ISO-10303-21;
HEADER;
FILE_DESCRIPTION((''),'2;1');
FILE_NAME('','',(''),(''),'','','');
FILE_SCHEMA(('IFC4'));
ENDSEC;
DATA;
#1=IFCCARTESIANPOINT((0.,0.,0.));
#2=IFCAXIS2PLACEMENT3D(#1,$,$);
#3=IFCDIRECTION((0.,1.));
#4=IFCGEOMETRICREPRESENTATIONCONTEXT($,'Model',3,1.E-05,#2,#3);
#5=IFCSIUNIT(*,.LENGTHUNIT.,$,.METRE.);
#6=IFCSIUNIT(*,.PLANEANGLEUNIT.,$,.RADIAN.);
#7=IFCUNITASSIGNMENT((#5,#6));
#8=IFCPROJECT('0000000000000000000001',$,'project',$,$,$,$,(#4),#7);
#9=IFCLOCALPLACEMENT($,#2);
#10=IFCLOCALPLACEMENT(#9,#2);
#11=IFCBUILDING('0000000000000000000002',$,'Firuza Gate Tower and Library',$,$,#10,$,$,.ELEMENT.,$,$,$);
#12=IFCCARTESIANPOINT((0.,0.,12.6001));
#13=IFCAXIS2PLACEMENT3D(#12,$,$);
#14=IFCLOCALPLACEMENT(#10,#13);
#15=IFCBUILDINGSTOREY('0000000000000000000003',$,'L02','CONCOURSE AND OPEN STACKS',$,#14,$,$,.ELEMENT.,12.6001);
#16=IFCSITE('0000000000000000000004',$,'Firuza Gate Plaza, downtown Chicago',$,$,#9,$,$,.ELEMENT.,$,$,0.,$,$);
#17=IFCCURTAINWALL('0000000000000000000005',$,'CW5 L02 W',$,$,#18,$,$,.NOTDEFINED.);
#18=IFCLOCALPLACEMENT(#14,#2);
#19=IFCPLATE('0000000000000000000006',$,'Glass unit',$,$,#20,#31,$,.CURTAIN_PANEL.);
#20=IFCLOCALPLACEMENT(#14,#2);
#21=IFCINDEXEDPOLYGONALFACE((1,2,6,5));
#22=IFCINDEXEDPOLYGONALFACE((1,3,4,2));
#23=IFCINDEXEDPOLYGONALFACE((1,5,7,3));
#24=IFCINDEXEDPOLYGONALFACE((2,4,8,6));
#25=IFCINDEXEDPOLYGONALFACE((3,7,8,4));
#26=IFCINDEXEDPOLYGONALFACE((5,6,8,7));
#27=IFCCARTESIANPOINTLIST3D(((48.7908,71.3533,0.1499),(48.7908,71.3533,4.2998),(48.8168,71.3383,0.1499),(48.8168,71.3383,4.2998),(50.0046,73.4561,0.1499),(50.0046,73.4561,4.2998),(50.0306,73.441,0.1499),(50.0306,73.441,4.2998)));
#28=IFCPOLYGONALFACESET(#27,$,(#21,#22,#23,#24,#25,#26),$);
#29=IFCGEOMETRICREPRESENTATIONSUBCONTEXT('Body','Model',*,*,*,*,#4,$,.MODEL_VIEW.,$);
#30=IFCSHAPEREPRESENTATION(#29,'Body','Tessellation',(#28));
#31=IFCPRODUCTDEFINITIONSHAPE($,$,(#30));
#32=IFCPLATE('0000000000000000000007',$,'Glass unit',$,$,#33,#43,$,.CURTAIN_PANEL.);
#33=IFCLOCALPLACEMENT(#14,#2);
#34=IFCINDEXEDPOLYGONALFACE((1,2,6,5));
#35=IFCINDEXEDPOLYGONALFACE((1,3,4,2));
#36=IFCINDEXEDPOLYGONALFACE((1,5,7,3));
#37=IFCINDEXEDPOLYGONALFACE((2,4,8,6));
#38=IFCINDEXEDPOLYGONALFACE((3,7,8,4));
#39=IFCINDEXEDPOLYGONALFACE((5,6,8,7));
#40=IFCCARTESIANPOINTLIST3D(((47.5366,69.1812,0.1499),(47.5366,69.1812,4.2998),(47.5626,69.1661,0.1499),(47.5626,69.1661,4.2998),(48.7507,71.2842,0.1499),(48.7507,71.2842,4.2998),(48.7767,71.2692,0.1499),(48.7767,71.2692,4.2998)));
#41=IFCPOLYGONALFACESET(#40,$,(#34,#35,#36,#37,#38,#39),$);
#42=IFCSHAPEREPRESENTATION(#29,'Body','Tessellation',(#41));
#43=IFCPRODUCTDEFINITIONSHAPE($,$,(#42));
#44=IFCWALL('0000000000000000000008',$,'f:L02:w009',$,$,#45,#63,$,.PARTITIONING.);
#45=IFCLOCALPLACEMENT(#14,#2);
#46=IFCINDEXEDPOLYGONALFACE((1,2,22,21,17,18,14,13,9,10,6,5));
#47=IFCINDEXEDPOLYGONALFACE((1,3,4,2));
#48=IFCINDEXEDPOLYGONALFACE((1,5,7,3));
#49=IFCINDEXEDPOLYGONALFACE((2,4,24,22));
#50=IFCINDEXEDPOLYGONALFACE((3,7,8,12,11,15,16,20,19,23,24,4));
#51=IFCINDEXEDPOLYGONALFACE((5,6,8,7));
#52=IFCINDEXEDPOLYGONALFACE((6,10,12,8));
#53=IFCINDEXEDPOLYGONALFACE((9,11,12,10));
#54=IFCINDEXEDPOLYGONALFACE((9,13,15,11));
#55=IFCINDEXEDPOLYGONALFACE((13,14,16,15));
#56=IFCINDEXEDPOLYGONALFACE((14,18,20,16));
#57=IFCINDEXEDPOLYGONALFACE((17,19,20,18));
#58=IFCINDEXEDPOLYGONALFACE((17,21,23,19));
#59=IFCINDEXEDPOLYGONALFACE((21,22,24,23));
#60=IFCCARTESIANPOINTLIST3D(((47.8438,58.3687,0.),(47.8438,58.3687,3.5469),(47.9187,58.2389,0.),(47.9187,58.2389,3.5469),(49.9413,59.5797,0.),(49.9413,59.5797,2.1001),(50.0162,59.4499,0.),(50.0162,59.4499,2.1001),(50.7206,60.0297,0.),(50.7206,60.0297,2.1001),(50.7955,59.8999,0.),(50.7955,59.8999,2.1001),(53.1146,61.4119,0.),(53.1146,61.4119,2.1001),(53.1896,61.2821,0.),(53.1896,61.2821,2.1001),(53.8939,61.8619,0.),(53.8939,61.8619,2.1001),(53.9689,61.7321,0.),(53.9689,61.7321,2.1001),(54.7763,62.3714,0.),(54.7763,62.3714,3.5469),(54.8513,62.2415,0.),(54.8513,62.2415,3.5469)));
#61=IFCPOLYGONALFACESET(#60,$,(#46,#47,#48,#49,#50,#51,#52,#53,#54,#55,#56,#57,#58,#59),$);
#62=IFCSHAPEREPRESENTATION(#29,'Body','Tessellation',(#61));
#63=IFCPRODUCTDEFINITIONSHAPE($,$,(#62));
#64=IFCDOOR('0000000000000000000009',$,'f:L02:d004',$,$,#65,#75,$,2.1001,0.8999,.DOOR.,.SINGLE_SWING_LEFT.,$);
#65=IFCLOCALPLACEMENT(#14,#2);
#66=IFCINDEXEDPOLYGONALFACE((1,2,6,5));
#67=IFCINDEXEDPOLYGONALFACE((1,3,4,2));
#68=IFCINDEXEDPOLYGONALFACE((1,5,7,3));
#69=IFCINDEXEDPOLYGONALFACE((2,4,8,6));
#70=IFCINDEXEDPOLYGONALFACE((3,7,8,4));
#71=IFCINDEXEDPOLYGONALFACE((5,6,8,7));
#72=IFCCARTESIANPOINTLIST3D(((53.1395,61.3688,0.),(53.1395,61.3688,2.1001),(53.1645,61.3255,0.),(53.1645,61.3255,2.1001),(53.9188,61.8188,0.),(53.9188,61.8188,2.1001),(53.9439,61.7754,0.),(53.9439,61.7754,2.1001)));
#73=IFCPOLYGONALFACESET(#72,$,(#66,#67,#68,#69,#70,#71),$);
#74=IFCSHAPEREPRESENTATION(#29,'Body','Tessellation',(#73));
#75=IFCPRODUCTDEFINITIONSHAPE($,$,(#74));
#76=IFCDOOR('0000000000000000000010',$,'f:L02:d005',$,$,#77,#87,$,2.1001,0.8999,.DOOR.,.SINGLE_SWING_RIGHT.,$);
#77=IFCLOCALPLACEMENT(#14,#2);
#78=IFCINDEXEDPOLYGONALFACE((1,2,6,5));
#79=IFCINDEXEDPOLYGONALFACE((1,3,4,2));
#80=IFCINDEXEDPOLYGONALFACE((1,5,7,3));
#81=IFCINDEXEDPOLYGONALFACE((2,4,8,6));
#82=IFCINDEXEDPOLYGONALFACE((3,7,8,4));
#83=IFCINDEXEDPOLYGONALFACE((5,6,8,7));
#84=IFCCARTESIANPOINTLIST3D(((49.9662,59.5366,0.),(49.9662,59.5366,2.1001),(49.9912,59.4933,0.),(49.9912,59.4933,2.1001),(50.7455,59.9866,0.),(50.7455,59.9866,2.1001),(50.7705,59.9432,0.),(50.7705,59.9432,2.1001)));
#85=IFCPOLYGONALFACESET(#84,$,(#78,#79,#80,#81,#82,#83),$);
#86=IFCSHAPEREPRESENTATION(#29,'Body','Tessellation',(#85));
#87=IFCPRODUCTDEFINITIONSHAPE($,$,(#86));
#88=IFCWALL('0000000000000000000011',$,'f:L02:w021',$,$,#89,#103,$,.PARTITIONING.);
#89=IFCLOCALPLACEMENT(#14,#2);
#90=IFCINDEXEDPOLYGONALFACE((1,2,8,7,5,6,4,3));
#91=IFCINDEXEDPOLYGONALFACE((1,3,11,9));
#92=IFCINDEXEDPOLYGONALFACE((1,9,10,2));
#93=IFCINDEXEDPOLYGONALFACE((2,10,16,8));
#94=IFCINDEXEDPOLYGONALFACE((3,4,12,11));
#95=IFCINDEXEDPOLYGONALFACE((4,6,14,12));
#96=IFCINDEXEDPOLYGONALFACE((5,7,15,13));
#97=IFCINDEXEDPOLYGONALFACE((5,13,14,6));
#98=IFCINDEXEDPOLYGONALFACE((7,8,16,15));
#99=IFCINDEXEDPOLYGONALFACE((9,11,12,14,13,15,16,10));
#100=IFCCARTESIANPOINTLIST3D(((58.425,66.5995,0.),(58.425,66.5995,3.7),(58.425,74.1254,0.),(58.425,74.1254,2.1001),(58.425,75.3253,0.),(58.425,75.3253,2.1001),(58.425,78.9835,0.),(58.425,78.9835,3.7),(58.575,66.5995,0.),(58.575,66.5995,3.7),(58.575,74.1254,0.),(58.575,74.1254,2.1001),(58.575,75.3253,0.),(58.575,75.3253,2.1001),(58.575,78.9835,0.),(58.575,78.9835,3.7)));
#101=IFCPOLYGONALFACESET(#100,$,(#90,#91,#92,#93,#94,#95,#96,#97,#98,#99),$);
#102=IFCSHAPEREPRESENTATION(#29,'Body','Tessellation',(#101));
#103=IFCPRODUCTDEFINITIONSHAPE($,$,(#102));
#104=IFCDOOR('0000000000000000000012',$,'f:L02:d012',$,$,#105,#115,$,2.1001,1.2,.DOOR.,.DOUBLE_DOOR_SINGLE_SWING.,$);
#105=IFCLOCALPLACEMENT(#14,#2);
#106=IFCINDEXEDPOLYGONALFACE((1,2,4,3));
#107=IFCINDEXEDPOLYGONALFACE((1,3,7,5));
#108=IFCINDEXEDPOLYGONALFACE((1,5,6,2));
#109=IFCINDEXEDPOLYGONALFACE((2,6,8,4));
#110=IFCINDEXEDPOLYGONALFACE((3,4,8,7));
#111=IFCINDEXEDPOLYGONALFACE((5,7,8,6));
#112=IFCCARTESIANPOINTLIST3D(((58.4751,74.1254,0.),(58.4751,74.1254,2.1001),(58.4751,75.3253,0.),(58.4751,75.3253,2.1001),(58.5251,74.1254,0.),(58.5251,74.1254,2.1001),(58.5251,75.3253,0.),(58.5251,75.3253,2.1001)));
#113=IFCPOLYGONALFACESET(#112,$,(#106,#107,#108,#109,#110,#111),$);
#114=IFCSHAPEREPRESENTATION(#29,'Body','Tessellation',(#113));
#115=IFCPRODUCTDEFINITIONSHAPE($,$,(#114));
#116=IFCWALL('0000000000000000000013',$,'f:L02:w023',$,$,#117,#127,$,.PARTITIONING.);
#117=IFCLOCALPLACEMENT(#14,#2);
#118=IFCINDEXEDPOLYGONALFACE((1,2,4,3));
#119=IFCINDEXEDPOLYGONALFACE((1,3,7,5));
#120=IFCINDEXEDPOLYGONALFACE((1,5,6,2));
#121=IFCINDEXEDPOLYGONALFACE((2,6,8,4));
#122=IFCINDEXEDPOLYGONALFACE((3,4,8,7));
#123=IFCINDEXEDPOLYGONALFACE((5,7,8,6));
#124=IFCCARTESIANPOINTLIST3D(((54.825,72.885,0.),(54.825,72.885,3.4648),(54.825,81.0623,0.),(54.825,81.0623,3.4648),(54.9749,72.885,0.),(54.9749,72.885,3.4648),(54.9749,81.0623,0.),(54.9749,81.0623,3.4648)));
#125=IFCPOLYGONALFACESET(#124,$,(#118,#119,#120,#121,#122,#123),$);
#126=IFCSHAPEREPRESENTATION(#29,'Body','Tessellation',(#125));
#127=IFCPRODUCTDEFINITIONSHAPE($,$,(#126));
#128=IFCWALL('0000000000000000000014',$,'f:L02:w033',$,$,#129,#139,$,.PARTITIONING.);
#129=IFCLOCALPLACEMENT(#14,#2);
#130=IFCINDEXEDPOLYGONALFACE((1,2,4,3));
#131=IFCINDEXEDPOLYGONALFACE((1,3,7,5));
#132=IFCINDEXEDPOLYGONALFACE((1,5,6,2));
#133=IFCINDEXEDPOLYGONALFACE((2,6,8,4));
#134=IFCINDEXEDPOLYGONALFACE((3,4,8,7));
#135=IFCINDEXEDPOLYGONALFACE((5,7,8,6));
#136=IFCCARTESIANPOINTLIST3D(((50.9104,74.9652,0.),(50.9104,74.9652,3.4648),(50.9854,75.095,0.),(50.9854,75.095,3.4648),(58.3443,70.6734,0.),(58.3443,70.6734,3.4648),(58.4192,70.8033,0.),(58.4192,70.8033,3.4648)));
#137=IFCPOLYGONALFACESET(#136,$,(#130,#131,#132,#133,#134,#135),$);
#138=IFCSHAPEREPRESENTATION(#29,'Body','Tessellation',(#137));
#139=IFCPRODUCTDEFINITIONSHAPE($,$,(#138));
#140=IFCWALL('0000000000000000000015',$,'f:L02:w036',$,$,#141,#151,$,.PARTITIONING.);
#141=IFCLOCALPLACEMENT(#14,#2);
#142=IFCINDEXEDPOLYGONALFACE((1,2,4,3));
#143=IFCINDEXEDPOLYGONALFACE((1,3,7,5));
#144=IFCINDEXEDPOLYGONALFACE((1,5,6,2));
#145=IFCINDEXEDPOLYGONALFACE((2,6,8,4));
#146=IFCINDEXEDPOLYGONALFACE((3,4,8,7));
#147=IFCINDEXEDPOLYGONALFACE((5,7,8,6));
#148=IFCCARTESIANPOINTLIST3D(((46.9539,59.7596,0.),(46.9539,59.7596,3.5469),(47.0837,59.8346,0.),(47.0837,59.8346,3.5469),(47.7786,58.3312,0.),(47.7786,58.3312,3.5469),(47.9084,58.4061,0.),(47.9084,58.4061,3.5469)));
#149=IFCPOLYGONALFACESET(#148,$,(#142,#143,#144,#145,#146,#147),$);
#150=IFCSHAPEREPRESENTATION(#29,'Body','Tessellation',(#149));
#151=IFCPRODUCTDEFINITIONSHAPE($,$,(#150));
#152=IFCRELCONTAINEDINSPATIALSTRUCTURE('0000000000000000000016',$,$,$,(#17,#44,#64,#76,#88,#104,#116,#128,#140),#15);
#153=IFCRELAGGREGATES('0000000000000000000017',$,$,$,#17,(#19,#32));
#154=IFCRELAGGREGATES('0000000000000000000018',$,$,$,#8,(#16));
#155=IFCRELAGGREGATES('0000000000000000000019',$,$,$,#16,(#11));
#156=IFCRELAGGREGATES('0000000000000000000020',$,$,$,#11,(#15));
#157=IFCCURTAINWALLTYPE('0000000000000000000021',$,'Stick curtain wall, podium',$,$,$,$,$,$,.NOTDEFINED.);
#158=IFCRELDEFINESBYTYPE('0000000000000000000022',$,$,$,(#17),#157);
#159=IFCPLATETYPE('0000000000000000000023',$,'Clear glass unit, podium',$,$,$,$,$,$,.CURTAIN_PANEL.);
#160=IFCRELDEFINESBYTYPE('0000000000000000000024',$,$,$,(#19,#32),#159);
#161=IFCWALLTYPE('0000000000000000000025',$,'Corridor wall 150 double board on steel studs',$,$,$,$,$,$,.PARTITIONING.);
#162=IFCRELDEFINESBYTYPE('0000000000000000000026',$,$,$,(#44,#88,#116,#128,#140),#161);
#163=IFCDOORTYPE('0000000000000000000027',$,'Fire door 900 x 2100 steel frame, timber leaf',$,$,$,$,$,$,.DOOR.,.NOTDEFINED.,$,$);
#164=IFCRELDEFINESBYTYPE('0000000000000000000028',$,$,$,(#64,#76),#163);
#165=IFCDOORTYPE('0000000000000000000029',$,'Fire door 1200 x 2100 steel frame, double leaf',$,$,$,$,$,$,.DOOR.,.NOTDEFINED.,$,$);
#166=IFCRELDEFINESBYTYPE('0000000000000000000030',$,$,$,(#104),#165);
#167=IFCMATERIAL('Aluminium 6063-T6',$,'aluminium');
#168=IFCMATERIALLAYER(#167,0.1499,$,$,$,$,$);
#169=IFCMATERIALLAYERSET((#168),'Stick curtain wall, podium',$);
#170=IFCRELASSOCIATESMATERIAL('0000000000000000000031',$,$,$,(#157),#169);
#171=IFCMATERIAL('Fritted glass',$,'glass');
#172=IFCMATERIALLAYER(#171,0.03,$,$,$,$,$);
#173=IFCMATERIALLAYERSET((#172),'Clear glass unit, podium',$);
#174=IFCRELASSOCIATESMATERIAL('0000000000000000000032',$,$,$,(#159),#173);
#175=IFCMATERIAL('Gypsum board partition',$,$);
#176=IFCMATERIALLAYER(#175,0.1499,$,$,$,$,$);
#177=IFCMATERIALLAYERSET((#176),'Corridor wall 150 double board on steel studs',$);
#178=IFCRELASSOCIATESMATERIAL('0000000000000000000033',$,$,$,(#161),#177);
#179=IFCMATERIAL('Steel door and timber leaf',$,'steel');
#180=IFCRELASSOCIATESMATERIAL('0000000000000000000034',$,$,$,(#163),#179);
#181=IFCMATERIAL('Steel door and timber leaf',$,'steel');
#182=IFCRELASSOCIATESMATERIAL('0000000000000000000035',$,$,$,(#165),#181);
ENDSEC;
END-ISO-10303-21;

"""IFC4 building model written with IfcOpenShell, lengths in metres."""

from ifc_helpers import new_model, si_unit, direction, frame, frame_2d, origin, place, context, subcontext, project, spatial, polyline, rectangle, outline, extrude, material, layer, layer_set, type_object, element, fill, aggregate, save


model = new_model("IFC4")

# Units and contexts
model_context = context("Model", 3, precision=1e-05, world=origin(), true_north=direction((0.0, 1.0)))
body_context = subcontext(model_context, "Body", "Model", "MODEL_VIEW")
ifc_project = project(units=[si_unit("LENGTHUNIT", "METRE"), si_unit("PLANEANGLEUNIT", "RADIAN")], contexts=[model_context])

# Site, building, storey
site_placement = place(None, origin())
site = spatial("IfcSite", under=ifc_project, at=site_placement, Name="Firuza Gate Plaza, downtown Chicago", CompositionType="ELEMENT", RefElevation=0.0)
building_placement = place(site_placement, origin())
building = spatial("IfcBuilding", under=site, at=building_placement, Name="Firuza Gate Tower and Library", CompositionType="ELEMENT")
storey_placement = place(building_placement, frame((0.0, 0.0, 12.6001)))
storey = spatial("IfcBuildingStorey", under=building, at=storey_placement, Name="L02", Description="CONCOURSE AND OPEN STACKS", CompositionType="ELEMENT", Elevation=12.6001)

# Shared definitions
placement = place(storey_placement, origin())

# Curtain wall
ifc_material_1 = material(Name="Aluminium 6063-T6", Category="aluminium")
ifc_layer_1 = layer(ifc_material_1, 0.1499)
ifc_layer_set_1 = layer_set([ifc_layer_1], Name="Stick curtain wall, podium")
curtain_wall_type_1 = type_object("IfcCurtainWallType", Name="Stick curtain wall, podium", PredefinedType="NOTDEFINED", material=ifc_layer_set_1)
curtain_wall_1 = element("IfcCurtainWall", 1, at=placement, inside=storey, type_object=curtain_wall_type_1, Name="CW5 L02 W", PredefinedType="NOTDEFINED")

# Plates
ifc_material_2 = material(Name="Fritted glass", Category="glass")
ifc_layer_2 = layer(ifc_material_2, 0.03)
ifc_layer_set_2 = layer_set([ifc_layer_2], Name="Clear glass unit, podium")
plate_type = type_object("IfcPlateType", Name="Clear glass unit, podium", PredefinedType="CURTAIN_PANEL", material=ifc_layer_set_2)
plate_1_placement = place(storey_placement, frame((50.0046, 73.4561, 0.1499), z_axis=(-0.866057, 0.499946, 0.0), x_axis=(-0.499946, -0.866057, 0.0)))
plate_1 = element("IfcPlate", 2, at=plate_1_placement, type_object=plate_type, Name="Glass unit", PredefinedType="CURTAIN_PANEL", context=body_context, shape_type="SweptSolid", body=[
    extrude(outline(polyline([(0.0, 0.0), (2.428, 0.0), (2.428, 4.1499), (0.0, 4.1499), (0.0, 0.0)])), origin(), (0.0, 0.0, -1.0), 0.03),
])
plate_2_placement = place(storey_placement, frame((48.7507, 71.2842, 0.1499), z_axis=(-0.866038, 0.499978, 0.0), x_axis=(-0.499978, -0.866038, 0.0)))
plate_2 = element("IfcPlate", 3, at=plate_2_placement, type_object=plate_type, Name="Glass unit", PredefinedType="CURTAIN_PANEL", context=body_context, shape_type="SweptSolid", body=[
    extrude(outline(polyline([(0.0, 0.0), (2.4283, 0.0), (2.4283, 4.1499), (0.0, 4.1499), (0.0, 0.0)])), origin(), (0.0, 0.0, -1.0), 0.03),
])
aggregate(curtain_wall_1, [plate_1, plate_2])

# Wall, openings, doors
ifc_material_3 = material(Name="Gypsum board partition")
ifc_layer_3 = layer(ifc_material_3, 0.1499)
ifc_layer_set_3 = layer_set([ifc_layer_3], Name="Corridor wall 150 double board on steel studs")
wall_type = type_object("IfcWallType", Name="Corridor wall 150 double board on steel studs", PredefinedType="PARTITIONING", material=ifc_layer_set_3)
wall_1_placement = place(storey_placement, frame((54.8137, 62.3064, 0.0), z_axis=(0.0, 0.0, 1.0), x_axis=(-0.866018, -0.500013, 0.0)))
wall_1 = element("IfcWall", 4, at=wall_1_placement, inside=storey, type_object=wall_type, Name="f:L02:w009", PredefinedType="PARTITIONING", context=body_context, shape_type="SweptSolid", body=[
    extrude(rectangle(XDim=8.0051, YDim=0.1499, at=frame_2d((4.0024, 0.0))), origin(), (0.0, 0.0, 1.0), 3.5469),
])
opening_1_placement = place(wall_1_placement, frame((1.0188, 0.0, 0.0)))
opening_1 = element("IfcOpeningElement", 5, at=opening_1_placement, cuts=wall_1, PredefinedType="OPENING", context=body_context, shape_type="SweptSolid", body=[
    extrude(rectangle(XDim=0.8999, YDim=2.1001, at=frame_2d((0.45, 1.05))), frame((0.0, 0.085, 0.0), z_axis=(0.0, -1.0, 0.0), x_axis=(1.0, 0.0, 0.0)), (0.0, 0.0, 1.0), 0.1699),
])
opening_2_placement = place(wall_1_placement, frame((4.6831, 0.0, 0.0)))
opening_2 = element("IfcOpeningElement", 6, at=opening_2_placement, cuts=wall_1, PredefinedType="OPENING", context=body_context, shape_type="SweptSolid", body=[
    extrude(rectangle(XDim=0.8999, YDim=2.1001, at=frame_2d((0.45, 1.05))), frame((0.0, 0.085, 0.0), z_axis=(0.0, -1.0, 0.0), x_axis=(1.0, 0.0, 0.0)), (0.0, 0.0, 1.0), 0.1699),
])
ifc_material_4 = material(Name="Steel door and timber leaf", Category="steel")
door_type_1 = type_object("IfcDoorType", Name="Fire door 900 x 2100 steel frame, timber leaf", OperationType="NOTDEFINED", PredefinedType="DOOR", material=ifc_material_4)
door_1_placement = place(opening_1_placement, origin())
door_1 = element("IfcDoor", 7, at=door_1_placement, inside=storey, type_object=door_type_1, Name="f:L02:d004", OperationType="SINGLE_SWING_LEFT", OverallHeight=2.1001, OverallWidth=0.8999, PredefinedType="DOOR", context=body_context, shape_type="SweptSolid", body=[
    extrude(rectangle(XDim=0.8999, YDim=2.1001, at=frame_2d((0.45, 1.05))), frame((0.0, 0.0249, 0.0), z_axis=(0.0, -1.0, 0.0), x_axis=(1.0, 0.0, 0.0)), (0.0, 0.0, 1.0), 0.05),
])
fill(opening_1, door_1)
door_2_placement = place(opening_2_placement, origin())
door_2 = element("IfcDoor", 8, at=door_2_placement, inside=storey, type_object=door_type_1, Name="f:L02:d005", OperationType="SINGLE_SWING_RIGHT", OverallHeight=2.1001, OverallWidth=0.8999, PredefinedType="DOOR", context=body_context, shape_type="SweptSolid", body=[
    extrude(rectangle(XDim=0.8999, YDim=2.1001, at=frame_2d((0.45, 1.05))), frame((0.0, 0.0249, 0.0), z_axis=(0.0, -1.0, 0.0), x_axis=(1.0, 0.0, 0.0)), (0.0, 0.0, 1.0), 0.05),
])
fill(opening_2, door_2)

# Wall, opening, door
wall_2_placement = place(storey_placement, frame((58.5, 66.5996, 0.0), z_axis=(0.0, 0.0, 1.0), x_axis=(0.0, 1.0, 0.0)))
wall_2 = element("IfcWall", 9, at=wall_2_placement, inside=storey, type_object=wall_type, Name="f:L02:w021", PredefinedType="PARTITIONING", context=body_context, shape_type="SweptSolid", body=[
    extrude(rectangle(XDim=12.384, YDim=0.1499, at=frame_2d((6.1919, 0.0))), origin(), (0.0, 0.0, 1.0), 3.7),
])
opening_3_placement = place(wall_2_placement, frame((7.5256, 0.0, 0.0)))
opening_3 = element("IfcOpeningElement", 10, at=opening_3_placement, cuts=wall_2, PredefinedType="OPENING", context=body_context, shape_type="SweptSolid", body=[
    extrude(rectangle(XDim=1.2, YDim=2.1001, at=frame_2d((0.6001, 1.05))), frame((0.0, 0.085, 0.0), z_axis=(0.0, -1.0, 0.0), x_axis=(1.0, 0.0, 0.0)), (0.0, 0.0, 1.0), 0.1699),
])
ifc_material_5 = material(Name="Steel door and timber leaf", Category="steel")
door_type_2 = type_object("IfcDoorType", Name="Fire door 1200 x 2100 steel frame, double leaf", OperationType="NOTDEFINED", PredefinedType="DOOR", material=ifc_material_5)
door_3_placement = place(opening_3_placement, origin())
door_3 = element("IfcDoor", 11, at=door_3_placement, inside=storey, type_object=door_type_2, Name="f:L02:d012", OperationType="DOUBLE_DOOR_SINGLE_SWING", OverallHeight=2.1001, OverallWidth=1.2, PredefinedType="DOOR", context=body_context, shape_type="SweptSolid", body=[
    extrude(rectangle(XDim=1.2, YDim=2.1001, at=frame_2d((0.6001, 1.05))), frame((0.0, 0.0249, 0.0), z_axis=(0.0, -1.0, 0.0), x_axis=(1.0, 0.0, 0.0)), (0.0, 0.0, 1.0), 0.05),
])
fill(opening_3, door_3)

# Walls
wall_3_placement = place(storey_placement, frame((54.8999, 72.885, 0.0), z_axis=(0.0, 0.0, 1.0), x_axis=(0.0, 1.0, 0.0)))
element("IfcWall", 12, at=wall_3_placement, inside=storey, type_object=wall_type, Name="f:L02:w023", PredefinedType="PARTITIONING", context=body_context, shape_type="SweptSolid", body=[
    extrude(rectangle(XDim=8.1772, YDim=0.1499, at=frame_2d((4.0886, 0.0))), origin(), (0.0, 0.0, 1.0), 3.4648),
])
wall_4_placement = place(storey_placement, frame((58.3818, 70.7383, 0.0), z_axis=(0.0, 0.0, 1.0), x_axis=(-0.866034, 0.499984, 0.0)))
element("IfcWall", 13, at=wall_4_placement, inside=storey, type_object=wall_type, Name="f:L02:w033", PredefinedType="PARTITIONING", context=body_context, shape_type="SweptSolid", body=[
    extrude(rectangle(XDim=8.5837, YDim=0.1499, at=frame_2d((4.292, 0.0))), origin(), (0.0, 0.0, 1.0), 3.4648),
])
wall_5_placement = place(storey_placement, frame((47.8435, 58.3687, 0.0), z_axis=(0.0, 0.0, 1.0), x_axis=(-0.499992, 0.86603, 0.0)))
element("IfcWall", 14, at=wall_5_placement, inside=storey, type_object=wall_type, Name="f:L02:w036", PredefinedType="PARTITIONING", context=body_context, shape_type="SweptSolid", body=[
    extrude(rectangle(XDim=1.6494, YDim=0.1499, at=frame_2d((0.8247, 0.0))), origin(), (0.0, 0.0, 1.0), 3.5469),
])

save(model, "model.ifc")
